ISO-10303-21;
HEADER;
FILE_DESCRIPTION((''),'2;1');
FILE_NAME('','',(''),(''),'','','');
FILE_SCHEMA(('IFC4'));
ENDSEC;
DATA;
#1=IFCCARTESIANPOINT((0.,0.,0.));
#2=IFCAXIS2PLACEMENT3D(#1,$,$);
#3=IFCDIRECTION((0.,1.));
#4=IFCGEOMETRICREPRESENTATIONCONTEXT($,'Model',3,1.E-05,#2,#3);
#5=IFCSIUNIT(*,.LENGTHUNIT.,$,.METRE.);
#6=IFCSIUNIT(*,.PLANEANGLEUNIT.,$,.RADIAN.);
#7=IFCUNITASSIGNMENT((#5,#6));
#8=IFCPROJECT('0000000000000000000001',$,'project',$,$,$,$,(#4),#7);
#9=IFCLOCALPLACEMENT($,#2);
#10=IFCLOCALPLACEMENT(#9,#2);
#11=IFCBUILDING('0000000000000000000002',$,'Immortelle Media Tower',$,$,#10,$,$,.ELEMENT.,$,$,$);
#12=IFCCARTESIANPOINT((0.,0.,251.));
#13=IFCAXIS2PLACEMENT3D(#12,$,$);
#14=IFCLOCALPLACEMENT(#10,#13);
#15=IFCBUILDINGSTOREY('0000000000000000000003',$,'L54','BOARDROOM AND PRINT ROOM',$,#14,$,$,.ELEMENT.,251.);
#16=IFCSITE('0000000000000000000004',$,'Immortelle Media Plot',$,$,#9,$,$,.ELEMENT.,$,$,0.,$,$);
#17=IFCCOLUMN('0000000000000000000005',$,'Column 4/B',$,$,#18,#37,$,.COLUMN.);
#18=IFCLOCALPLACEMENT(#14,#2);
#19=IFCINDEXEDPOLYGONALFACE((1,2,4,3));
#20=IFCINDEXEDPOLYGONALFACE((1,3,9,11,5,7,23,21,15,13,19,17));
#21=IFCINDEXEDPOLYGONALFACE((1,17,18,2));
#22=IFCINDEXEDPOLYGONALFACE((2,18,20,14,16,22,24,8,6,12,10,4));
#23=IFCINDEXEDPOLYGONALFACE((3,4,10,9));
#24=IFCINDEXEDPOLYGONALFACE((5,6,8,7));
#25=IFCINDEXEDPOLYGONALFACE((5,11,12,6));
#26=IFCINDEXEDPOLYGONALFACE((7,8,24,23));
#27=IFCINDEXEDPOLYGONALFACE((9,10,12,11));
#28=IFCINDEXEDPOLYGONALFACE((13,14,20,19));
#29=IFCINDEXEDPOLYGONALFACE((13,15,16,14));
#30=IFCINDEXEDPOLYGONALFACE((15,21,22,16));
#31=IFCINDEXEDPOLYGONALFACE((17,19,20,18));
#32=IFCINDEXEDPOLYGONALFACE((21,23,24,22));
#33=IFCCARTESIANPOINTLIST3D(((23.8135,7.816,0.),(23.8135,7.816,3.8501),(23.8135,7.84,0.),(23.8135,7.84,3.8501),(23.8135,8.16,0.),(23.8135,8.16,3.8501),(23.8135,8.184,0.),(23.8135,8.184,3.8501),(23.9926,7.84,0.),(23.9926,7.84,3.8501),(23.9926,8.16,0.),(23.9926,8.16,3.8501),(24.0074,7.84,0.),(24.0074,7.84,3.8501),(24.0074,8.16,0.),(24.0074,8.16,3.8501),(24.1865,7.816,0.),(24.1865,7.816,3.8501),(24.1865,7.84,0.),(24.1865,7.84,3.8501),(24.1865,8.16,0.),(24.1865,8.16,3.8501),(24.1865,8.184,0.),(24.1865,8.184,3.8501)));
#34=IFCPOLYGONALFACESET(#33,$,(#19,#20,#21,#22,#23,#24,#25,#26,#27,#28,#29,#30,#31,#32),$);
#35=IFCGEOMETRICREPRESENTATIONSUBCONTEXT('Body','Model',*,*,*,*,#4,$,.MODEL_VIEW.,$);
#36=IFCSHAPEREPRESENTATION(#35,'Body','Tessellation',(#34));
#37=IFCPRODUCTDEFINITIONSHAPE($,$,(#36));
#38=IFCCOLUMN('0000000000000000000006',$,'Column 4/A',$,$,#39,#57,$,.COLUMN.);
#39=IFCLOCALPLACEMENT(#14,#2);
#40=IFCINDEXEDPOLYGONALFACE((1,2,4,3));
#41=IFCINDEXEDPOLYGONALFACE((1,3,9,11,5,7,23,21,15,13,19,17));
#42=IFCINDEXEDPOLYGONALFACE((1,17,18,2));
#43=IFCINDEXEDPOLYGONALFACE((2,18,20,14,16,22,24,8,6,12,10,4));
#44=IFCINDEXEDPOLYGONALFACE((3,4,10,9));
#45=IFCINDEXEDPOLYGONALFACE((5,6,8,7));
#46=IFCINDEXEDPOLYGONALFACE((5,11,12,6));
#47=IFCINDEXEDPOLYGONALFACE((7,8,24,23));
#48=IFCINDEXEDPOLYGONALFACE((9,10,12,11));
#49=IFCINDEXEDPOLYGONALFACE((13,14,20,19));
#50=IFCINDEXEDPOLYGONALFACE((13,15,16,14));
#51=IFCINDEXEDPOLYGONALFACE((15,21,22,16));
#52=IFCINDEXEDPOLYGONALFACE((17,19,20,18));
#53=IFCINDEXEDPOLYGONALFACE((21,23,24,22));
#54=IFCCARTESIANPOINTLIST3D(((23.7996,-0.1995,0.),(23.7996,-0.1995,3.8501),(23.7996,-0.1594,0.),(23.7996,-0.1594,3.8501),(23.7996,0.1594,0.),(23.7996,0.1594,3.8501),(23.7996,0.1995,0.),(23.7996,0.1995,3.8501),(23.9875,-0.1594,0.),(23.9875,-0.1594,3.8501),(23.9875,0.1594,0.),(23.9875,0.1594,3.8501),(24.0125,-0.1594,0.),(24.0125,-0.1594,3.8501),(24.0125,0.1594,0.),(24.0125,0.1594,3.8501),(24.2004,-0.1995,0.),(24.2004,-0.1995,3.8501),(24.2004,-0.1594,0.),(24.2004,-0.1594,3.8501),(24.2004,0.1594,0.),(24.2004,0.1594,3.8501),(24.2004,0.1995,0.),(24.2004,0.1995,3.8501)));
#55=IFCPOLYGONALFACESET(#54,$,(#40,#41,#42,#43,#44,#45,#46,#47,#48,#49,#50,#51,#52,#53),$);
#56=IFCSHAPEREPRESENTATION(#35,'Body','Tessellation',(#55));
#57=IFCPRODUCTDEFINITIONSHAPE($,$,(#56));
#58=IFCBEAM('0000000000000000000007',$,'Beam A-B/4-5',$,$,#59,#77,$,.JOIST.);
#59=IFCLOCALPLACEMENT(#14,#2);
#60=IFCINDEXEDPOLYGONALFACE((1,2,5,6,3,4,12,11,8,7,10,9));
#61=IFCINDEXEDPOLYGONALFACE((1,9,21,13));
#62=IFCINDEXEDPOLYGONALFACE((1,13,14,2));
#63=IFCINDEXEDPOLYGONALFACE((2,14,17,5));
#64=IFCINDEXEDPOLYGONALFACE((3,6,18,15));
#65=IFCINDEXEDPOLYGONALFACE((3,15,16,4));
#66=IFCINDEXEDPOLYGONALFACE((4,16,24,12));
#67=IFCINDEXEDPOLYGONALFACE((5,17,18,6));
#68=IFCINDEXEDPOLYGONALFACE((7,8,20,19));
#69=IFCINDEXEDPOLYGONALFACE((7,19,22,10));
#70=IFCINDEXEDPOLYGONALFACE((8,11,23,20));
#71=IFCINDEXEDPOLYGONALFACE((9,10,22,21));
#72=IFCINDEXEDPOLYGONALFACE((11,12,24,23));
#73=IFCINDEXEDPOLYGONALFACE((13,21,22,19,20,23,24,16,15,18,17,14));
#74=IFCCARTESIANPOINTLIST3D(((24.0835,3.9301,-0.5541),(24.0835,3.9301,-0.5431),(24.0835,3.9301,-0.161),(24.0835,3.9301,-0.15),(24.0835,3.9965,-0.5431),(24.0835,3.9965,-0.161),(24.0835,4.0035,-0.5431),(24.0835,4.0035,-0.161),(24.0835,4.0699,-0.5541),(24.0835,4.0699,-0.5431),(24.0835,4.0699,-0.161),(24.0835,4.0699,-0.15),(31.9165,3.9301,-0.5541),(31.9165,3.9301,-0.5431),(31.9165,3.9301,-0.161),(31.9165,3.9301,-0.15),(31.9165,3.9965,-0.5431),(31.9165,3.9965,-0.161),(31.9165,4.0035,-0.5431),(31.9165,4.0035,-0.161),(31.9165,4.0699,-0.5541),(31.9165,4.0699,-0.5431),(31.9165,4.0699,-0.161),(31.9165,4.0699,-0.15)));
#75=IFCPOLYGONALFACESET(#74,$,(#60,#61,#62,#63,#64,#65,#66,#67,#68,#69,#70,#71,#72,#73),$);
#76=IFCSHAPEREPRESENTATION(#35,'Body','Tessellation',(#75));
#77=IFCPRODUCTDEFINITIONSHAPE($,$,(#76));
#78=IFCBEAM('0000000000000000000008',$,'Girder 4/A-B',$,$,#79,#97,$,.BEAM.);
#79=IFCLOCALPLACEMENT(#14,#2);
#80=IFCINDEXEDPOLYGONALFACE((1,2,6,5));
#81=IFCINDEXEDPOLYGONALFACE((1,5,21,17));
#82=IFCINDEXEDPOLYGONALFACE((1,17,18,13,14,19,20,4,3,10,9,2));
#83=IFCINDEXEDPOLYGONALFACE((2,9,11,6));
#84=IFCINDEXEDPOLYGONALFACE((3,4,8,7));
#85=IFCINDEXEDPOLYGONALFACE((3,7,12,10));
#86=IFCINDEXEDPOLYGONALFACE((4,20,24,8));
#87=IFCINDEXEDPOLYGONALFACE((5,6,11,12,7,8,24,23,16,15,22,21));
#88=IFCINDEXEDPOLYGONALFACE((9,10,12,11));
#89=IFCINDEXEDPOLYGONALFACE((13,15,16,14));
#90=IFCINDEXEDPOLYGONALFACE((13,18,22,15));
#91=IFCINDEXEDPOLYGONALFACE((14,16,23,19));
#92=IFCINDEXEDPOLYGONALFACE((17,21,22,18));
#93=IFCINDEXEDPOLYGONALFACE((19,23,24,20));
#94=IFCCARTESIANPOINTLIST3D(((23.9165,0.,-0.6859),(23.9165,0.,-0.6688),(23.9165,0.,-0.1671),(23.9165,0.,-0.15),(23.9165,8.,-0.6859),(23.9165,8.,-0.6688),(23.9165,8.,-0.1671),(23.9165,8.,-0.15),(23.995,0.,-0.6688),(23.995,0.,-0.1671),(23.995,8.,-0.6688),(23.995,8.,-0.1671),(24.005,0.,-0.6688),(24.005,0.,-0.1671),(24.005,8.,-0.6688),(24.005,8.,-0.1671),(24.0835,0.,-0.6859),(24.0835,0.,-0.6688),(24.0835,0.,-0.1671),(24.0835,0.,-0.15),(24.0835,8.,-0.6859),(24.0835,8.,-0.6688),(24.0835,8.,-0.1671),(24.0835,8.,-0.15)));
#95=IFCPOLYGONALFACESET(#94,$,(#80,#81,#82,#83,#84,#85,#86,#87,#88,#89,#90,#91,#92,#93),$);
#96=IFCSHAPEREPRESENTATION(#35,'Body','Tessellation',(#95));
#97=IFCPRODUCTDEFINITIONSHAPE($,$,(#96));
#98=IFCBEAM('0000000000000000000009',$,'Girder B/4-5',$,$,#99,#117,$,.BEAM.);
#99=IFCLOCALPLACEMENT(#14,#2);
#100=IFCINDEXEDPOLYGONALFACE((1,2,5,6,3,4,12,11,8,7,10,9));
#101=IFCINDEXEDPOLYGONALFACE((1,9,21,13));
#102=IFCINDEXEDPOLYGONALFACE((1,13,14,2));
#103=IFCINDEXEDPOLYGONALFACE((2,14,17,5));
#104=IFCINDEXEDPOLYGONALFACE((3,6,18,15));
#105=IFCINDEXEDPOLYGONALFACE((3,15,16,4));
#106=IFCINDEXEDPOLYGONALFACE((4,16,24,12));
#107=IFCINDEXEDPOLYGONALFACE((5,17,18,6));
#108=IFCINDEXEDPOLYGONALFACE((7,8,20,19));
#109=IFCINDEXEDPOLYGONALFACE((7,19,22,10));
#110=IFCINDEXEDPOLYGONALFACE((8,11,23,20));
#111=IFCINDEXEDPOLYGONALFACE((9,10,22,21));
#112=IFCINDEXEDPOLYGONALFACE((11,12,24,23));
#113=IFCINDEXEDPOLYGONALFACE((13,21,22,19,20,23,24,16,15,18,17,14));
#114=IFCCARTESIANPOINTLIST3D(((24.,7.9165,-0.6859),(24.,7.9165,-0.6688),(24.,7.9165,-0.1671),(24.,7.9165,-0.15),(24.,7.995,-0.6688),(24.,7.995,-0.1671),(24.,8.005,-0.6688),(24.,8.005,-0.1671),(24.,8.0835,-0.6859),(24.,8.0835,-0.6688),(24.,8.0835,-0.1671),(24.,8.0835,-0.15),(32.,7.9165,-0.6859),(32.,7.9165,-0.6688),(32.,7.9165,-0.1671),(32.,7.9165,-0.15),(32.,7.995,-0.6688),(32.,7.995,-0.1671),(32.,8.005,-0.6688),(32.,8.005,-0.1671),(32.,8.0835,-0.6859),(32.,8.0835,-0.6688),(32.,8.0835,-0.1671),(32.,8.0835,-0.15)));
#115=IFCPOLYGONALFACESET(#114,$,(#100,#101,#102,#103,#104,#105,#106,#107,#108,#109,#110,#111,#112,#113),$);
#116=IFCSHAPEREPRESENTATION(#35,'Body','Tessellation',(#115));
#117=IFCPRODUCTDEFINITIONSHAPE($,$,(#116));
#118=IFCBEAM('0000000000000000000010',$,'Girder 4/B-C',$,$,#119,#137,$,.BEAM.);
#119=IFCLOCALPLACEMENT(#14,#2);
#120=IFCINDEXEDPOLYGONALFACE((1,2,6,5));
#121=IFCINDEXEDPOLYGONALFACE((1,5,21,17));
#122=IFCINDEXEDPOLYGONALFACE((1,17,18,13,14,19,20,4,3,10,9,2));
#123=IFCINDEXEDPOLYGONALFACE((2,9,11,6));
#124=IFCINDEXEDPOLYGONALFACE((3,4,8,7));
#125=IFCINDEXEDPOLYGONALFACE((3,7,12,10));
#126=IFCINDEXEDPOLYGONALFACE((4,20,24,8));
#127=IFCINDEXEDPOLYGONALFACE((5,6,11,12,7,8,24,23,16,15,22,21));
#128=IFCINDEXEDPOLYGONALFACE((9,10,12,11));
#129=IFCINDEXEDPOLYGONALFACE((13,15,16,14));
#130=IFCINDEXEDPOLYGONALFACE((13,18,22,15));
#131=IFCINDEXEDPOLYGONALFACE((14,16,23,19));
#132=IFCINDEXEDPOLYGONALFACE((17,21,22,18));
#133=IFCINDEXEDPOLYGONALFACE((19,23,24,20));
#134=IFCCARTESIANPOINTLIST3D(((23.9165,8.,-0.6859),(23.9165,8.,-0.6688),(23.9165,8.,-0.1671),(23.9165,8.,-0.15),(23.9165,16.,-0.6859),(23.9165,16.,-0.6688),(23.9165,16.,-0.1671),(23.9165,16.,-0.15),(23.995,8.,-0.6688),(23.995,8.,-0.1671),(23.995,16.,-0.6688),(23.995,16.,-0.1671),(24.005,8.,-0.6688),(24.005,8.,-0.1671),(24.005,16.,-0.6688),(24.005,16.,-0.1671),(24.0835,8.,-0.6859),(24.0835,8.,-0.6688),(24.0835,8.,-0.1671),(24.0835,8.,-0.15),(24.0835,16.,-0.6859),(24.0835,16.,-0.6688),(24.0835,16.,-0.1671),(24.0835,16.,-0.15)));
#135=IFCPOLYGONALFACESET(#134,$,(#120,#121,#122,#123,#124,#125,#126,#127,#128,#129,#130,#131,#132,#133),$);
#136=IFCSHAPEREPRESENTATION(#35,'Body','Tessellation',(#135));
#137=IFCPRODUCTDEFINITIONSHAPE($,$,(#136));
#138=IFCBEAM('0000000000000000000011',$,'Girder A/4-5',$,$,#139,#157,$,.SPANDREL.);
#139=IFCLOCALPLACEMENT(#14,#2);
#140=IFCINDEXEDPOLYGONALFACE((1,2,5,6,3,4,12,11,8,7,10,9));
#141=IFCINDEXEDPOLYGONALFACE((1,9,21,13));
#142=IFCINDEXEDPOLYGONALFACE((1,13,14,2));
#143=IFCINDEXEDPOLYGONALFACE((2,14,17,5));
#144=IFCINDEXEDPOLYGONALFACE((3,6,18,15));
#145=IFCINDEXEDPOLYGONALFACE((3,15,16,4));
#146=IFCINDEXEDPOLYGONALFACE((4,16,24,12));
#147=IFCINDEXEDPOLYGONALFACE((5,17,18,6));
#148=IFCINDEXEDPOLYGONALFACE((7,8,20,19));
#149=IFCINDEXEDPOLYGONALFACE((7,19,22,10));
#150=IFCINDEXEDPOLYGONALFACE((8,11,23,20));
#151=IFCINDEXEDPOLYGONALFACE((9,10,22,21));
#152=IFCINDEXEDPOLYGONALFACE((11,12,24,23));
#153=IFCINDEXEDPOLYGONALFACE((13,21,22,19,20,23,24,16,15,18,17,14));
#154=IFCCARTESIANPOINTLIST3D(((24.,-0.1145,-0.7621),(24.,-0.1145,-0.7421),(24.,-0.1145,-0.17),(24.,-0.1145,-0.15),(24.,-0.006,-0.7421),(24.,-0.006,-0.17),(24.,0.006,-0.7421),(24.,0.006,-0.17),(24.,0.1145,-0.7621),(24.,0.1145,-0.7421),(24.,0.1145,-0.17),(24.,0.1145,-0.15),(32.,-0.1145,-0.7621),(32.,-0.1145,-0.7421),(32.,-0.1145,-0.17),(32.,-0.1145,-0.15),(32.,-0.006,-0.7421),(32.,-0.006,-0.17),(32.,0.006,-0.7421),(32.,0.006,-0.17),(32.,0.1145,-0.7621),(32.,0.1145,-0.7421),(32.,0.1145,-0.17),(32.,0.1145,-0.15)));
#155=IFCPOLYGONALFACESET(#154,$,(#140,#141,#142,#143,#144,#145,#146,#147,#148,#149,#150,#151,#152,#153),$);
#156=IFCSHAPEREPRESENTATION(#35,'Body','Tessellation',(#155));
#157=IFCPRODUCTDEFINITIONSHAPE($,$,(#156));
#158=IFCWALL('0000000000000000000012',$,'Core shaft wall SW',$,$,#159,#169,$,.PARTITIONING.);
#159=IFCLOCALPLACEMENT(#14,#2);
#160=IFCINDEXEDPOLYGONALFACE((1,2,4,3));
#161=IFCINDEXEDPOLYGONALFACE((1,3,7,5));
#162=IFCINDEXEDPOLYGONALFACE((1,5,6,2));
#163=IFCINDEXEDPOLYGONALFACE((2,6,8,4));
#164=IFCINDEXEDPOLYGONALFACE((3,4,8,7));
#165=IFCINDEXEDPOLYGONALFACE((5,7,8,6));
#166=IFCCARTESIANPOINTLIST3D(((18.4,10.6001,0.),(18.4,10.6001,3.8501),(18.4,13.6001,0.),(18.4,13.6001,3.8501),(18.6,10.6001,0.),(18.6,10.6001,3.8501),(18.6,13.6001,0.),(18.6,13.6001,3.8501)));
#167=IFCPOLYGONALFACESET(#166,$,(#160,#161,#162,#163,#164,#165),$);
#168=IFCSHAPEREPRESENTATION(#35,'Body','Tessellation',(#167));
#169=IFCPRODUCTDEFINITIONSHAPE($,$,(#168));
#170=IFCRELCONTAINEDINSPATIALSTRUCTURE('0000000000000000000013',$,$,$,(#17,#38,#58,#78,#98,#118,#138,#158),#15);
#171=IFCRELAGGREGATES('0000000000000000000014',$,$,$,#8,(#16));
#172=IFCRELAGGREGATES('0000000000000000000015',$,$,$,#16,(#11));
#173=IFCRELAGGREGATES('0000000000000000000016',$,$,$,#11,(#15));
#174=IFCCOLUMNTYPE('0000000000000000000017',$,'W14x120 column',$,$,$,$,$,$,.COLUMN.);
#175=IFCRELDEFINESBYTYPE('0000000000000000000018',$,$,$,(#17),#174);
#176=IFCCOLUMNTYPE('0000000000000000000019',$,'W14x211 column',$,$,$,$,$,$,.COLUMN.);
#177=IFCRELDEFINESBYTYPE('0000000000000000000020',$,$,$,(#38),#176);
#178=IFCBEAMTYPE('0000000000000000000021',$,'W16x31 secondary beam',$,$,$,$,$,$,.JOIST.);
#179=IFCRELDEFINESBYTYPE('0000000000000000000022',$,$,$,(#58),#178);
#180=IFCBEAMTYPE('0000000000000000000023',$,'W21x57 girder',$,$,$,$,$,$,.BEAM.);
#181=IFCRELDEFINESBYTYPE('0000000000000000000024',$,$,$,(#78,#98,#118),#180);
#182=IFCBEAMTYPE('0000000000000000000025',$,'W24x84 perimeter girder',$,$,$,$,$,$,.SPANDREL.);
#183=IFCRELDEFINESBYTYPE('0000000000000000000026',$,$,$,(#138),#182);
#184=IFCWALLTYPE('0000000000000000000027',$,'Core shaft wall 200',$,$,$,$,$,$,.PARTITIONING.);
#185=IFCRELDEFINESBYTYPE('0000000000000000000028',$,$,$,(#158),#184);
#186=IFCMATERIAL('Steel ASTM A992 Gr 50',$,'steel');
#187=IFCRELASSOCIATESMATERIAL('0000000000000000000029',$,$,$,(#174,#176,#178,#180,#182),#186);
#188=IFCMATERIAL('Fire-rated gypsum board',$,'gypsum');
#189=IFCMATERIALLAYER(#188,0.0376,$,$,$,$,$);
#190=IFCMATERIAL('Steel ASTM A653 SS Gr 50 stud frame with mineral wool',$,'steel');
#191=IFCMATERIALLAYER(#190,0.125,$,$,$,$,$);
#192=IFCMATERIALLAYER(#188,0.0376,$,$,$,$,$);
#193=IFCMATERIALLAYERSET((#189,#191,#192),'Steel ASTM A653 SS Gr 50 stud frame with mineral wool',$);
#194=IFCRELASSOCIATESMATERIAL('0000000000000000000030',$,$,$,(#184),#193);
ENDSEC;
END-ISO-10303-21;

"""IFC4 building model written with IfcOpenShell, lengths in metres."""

from ifc_helpers import new_model, si_unit, direction, frame, frame_2d, origin, origin_2d, place, context, subcontext, project, spatial, rectangle, i_section, extrude, material, layer, layer_set, material_profile, profile_set, type_object, element, save


model = new_model("IFC4")

# Units and contexts
model_context = context("Model", 3, precision=1e-05, world=origin(), true_north=direction((0.0, 1.0)))
body_context = subcontext(model_context, "Body", "Model", "MODEL_VIEW")
ifc_project = project(units=[si_unit("LENGTHUNIT", "METRE"), si_unit("PLANEANGLEUNIT", "RADIAN")], contexts=[model_context])

# Site, building, storey
site_placement = place(None, origin())
site = spatial("IfcSite", under=ifc_project, at=site_placement, Name="Immortelle Media Plot", CompositionType="ELEMENT", RefElevation=0.0)
building_placement = place(site_placement, origin())
building = spatial("IfcBuilding", under=site, at=building_placement, Name="Immortelle Media Tower", CompositionType="ELEMENT")
storey_placement = place(building_placement, frame((0.0, 0.0, 251.0)))
storey = spatial("IfcBuildingStorey", under=building, at=storey_placement, Name="L54", Description="BOARDROOM AND PRINT ROOM", CompositionType="ELEMENT", Elevation=251.0)

# Columns
ifc_material_1 = material(Name="Steel ASTM A992 Gr 50", Category="steel")
ifc_material_profile_1 = material_profile(ifc_material_1, i_section(OverallWidth=0.373, OverallDepth=0.3679, WebThickness=0.0149, FlangeThickness=0.0239, at=origin_2d()), Name="W14x120")
ifc_profile_set_1 = profile_set([ifc_material_profile_1], Name="Steel ASTM A992 Gr 50")
column_type_1 = type_object("IfcColumnType", Name="W14x120 column", PredefinedType="COLUMN", material=ifc_profile_set_1)
column_1_placement = place(storey_placement, frame((24.0, 8.0, 0.0), z_axis=(0.0, 0.0, 1.0), x_axis=(1.0, 0.0, 0.0)))
element("IfcColumn", 1, at=column_1_placement, inside=storey, type_object=column_type_1, Name="Column 4/B", PredefinedType="COLUMN", context=body_context, shape_type="SweptSolid", body=[
    extrude(i_section(OverallWidth=0.373, OverallDepth=0.3679, WebThickness=0.0149, FlangeThickness=0.0239, at=origin_2d()), origin(), (0.0, 0.0, 1.0), 3.8501),
])
ifc_material_profile_2 = material_profile(ifc_material_1, i_section(OverallWidth=0.4009, OverallDepth=0.3989, WebThickness=0.0249, FlangeThickness=0.04, at=origin_2d()), Name="W14x211")
ifc_profile_set_2 = profile_set([ifc_material_profile_2], Name="Steel ASTM A992 Gr 50")
column_type_2 = type_object("IfcColumnType", Name="W14x211 column", PredefinedType="COLUMN", material=ifc_profile_set_2)
column_2_placement = place(storey_placement, frame((24.0, 0.0, 0.0), z_axis=(0.0, 0.0, 1.0), x_axis=(1.0, 0.0, 0.0)))
element("IfcColumn", 2, at=column_2_placement, inside=storey, type_object=column_type_2, Name="Column 4/A", PredefinedType="COLUMN", context=body_context, shape_type="SweptSolid", body=[
    extrude(i_section(OverallWidth=0.4009, OverallDepth=0.3989, WebThickness=0.0249, FlangeThickness=0.04, at=origin_2d()), origin(), (0.0, 0.0, 1.0), 3.8501),
])

# Beams
ifc_material_profile_3 = material_profile(ifc_material_1, i_section(OverallWidth=0.1399, OverallDepth=0.4041, WebThickness=0.0071, FlangeThickness=0.011, at=origin_2d()), Name="W16x31")
ifc_profile_set_3 = profile_set([ifc_material_profile_3], Name="Steel ASTM A992 Gr 50")
beam_type_1 = type_object("IfcBeamType", Name="W16x31 secondary beam", PredefinedType="JOIST", material=ifc_profile_set_3)
beam_1_placement = place(storey_placement, frame((24.0835, 4.0, -0.3521), z_axis=(1.0, 0.0, 0.0), x_axis=(0.0, 1.0, 0.0)))
element("IfcBeam", 3, at=beam_1_placement, inside=storey, type_object=beam_type_1, Name="Beam A-B/4-5", PredefinedType="JOIST", context=body_context, shape_type="SweptSolid", body=[
    extrude(i_section(OverallWidth=0.1399, OverallDepth=0.4041, WebThickness=0.0071, FlangeThickness=0.011, at=origin_2d()), origin(), (0.0, 0.0, 1.0), 7.833),
])
ifc_material_profile_4 = material_profile(ifc_material_1, i_section(OverallWidth=0.167, OverallDepth=0.5359, WebThickness=0.01, FlangeThickness=0.0171, at=origin_2d()), Name="W21x57")
ifc_profile_set_4 = profile_set([ifc_material_profile_4], Name="Steel ASTM A992 Gr 50")
beam_type_2 = type_object("IfcBeamType", Name="W21x57 girder", PredefinedType="BEAM", material=ifc_profile_set_4)
for number, where, z_axis, x_axis, name in (
    (4, (24.0, 0.0, -0.418), (0.0, 1.0, 0.0), (-1.0, 0.0, 0.0), "Girder 4/A-B"),
    (5, (24.0, 8.0, -0.418), (1.0, 0.0, 0.0), (0.0, 1.0, 0.0), "Girder B/4-5"),
    (6, (24.0, 8.0, -0.418), (0.0, 1.0, 0.0), (-1.0, 0.0, 0.0), "Girder 4/B-C"),
):
    element("IfcBeam", number, at=place(storey_placement, frame(where, z_axis=z_axis, x_axis=x_axis)), inside=storey, type_object=beam_type_2, Name=name, PredefinedType="BEAM", context=body_context, shape_type="SweptSolid", body=[
        extrude(i_section(OverallWidth=0.167, OverallDepth=0.5359, WebThickness=0.01, FlangeThickness=0.0171, at=origin_2d()), origin(), (0.0, 0.0, 1.0), 8.0),
    ])
ifc_material_profile_5 = material_profile(ifc_material_1, i_section(OverallWidth=0.229, OverallDepth=0.6121, WebThickness=0.012, FlangeThickness=0.02, at=origin_2d()), Name="W24x84")
ifc_profile_set_5 = profile_set([ifc_material_profile_5], Name="Steel ASTM A992 Gr 50")
beam_type_3 = type_object("IfcBeamType", Name="W24x84 perimeter girder", PredefinedType="SPANDREL", material=ifc_profile_set_5)
beam_2_placement = place(storey_placement, frame((24.0, 0.0, -0.4561), z_axis=(1.0, 0.0, 0.0), x_axis=(0.0, 1.0, 0.0)))
element("IfcBeam", 7, at=beam_2_placement, inside=storey, type_object=beam_type_3, Name="Girder A/4-5", PredefinedType="SPANDREL", context=body_context, shape_type="SweptSolid", body=[
    extrude(i_section(OverallWidth=0.229, OverallDepth=0.6121, WebThickness=0.012, FlangeThickness=0.02, at=origin_2d()), origin(), (0.0, 0.0, 1.0), 8.0),
])

# Wall
ifc_material_2 = material(Name="Fire-rated gypsum board", Category="gypsum")
ifc_layer_1 = layer(ifc_material_2, 0.0376)
ifc_material_3 = material(Name="Steel ASTM A653 SS Gr 50 stud frame with mineral wool", Category="steel")
ifc_layer_2 = layer(ifc_material_3, 0.125)
ifc_layer_3 = layer(ifc_material_2, 0.0376)
ifc_layer_set_1 = layer_set([ifc_layer_1, ifc_layer_2, ifc_layer_3], Name="Steel ASTM A653 SS Gr 50 stud frame with mineral wool")
wall_type_1 = type_object("IfcWallType", Name="Core shaft wall 200", PredefinedType="PARTITIONING", material=ifc_layer_set_1)
wall_1_placement = place(storey_placement, frame((18.5, 10.6001, 0.0), z_axis=(0.0, 0.0, 1.0), x_axis=(0.0, 1.0, 0.0)))
element("IfcWall", 8, at=wall_1_placement, inside=storey, type_object=wall_type_1, Name="Core shaft wall SW", PredefinedType="PARTITIONING", context=body_context, shape_type="SweptSolid", body=[
    extrude(rectangle(XDim=3.0, YDim=0.2, at=frame_2d((1.5, 0.0))), origin(), (0.0, 0.0, 1.0), 3.8501),
])

save(model, "model.ifc")
